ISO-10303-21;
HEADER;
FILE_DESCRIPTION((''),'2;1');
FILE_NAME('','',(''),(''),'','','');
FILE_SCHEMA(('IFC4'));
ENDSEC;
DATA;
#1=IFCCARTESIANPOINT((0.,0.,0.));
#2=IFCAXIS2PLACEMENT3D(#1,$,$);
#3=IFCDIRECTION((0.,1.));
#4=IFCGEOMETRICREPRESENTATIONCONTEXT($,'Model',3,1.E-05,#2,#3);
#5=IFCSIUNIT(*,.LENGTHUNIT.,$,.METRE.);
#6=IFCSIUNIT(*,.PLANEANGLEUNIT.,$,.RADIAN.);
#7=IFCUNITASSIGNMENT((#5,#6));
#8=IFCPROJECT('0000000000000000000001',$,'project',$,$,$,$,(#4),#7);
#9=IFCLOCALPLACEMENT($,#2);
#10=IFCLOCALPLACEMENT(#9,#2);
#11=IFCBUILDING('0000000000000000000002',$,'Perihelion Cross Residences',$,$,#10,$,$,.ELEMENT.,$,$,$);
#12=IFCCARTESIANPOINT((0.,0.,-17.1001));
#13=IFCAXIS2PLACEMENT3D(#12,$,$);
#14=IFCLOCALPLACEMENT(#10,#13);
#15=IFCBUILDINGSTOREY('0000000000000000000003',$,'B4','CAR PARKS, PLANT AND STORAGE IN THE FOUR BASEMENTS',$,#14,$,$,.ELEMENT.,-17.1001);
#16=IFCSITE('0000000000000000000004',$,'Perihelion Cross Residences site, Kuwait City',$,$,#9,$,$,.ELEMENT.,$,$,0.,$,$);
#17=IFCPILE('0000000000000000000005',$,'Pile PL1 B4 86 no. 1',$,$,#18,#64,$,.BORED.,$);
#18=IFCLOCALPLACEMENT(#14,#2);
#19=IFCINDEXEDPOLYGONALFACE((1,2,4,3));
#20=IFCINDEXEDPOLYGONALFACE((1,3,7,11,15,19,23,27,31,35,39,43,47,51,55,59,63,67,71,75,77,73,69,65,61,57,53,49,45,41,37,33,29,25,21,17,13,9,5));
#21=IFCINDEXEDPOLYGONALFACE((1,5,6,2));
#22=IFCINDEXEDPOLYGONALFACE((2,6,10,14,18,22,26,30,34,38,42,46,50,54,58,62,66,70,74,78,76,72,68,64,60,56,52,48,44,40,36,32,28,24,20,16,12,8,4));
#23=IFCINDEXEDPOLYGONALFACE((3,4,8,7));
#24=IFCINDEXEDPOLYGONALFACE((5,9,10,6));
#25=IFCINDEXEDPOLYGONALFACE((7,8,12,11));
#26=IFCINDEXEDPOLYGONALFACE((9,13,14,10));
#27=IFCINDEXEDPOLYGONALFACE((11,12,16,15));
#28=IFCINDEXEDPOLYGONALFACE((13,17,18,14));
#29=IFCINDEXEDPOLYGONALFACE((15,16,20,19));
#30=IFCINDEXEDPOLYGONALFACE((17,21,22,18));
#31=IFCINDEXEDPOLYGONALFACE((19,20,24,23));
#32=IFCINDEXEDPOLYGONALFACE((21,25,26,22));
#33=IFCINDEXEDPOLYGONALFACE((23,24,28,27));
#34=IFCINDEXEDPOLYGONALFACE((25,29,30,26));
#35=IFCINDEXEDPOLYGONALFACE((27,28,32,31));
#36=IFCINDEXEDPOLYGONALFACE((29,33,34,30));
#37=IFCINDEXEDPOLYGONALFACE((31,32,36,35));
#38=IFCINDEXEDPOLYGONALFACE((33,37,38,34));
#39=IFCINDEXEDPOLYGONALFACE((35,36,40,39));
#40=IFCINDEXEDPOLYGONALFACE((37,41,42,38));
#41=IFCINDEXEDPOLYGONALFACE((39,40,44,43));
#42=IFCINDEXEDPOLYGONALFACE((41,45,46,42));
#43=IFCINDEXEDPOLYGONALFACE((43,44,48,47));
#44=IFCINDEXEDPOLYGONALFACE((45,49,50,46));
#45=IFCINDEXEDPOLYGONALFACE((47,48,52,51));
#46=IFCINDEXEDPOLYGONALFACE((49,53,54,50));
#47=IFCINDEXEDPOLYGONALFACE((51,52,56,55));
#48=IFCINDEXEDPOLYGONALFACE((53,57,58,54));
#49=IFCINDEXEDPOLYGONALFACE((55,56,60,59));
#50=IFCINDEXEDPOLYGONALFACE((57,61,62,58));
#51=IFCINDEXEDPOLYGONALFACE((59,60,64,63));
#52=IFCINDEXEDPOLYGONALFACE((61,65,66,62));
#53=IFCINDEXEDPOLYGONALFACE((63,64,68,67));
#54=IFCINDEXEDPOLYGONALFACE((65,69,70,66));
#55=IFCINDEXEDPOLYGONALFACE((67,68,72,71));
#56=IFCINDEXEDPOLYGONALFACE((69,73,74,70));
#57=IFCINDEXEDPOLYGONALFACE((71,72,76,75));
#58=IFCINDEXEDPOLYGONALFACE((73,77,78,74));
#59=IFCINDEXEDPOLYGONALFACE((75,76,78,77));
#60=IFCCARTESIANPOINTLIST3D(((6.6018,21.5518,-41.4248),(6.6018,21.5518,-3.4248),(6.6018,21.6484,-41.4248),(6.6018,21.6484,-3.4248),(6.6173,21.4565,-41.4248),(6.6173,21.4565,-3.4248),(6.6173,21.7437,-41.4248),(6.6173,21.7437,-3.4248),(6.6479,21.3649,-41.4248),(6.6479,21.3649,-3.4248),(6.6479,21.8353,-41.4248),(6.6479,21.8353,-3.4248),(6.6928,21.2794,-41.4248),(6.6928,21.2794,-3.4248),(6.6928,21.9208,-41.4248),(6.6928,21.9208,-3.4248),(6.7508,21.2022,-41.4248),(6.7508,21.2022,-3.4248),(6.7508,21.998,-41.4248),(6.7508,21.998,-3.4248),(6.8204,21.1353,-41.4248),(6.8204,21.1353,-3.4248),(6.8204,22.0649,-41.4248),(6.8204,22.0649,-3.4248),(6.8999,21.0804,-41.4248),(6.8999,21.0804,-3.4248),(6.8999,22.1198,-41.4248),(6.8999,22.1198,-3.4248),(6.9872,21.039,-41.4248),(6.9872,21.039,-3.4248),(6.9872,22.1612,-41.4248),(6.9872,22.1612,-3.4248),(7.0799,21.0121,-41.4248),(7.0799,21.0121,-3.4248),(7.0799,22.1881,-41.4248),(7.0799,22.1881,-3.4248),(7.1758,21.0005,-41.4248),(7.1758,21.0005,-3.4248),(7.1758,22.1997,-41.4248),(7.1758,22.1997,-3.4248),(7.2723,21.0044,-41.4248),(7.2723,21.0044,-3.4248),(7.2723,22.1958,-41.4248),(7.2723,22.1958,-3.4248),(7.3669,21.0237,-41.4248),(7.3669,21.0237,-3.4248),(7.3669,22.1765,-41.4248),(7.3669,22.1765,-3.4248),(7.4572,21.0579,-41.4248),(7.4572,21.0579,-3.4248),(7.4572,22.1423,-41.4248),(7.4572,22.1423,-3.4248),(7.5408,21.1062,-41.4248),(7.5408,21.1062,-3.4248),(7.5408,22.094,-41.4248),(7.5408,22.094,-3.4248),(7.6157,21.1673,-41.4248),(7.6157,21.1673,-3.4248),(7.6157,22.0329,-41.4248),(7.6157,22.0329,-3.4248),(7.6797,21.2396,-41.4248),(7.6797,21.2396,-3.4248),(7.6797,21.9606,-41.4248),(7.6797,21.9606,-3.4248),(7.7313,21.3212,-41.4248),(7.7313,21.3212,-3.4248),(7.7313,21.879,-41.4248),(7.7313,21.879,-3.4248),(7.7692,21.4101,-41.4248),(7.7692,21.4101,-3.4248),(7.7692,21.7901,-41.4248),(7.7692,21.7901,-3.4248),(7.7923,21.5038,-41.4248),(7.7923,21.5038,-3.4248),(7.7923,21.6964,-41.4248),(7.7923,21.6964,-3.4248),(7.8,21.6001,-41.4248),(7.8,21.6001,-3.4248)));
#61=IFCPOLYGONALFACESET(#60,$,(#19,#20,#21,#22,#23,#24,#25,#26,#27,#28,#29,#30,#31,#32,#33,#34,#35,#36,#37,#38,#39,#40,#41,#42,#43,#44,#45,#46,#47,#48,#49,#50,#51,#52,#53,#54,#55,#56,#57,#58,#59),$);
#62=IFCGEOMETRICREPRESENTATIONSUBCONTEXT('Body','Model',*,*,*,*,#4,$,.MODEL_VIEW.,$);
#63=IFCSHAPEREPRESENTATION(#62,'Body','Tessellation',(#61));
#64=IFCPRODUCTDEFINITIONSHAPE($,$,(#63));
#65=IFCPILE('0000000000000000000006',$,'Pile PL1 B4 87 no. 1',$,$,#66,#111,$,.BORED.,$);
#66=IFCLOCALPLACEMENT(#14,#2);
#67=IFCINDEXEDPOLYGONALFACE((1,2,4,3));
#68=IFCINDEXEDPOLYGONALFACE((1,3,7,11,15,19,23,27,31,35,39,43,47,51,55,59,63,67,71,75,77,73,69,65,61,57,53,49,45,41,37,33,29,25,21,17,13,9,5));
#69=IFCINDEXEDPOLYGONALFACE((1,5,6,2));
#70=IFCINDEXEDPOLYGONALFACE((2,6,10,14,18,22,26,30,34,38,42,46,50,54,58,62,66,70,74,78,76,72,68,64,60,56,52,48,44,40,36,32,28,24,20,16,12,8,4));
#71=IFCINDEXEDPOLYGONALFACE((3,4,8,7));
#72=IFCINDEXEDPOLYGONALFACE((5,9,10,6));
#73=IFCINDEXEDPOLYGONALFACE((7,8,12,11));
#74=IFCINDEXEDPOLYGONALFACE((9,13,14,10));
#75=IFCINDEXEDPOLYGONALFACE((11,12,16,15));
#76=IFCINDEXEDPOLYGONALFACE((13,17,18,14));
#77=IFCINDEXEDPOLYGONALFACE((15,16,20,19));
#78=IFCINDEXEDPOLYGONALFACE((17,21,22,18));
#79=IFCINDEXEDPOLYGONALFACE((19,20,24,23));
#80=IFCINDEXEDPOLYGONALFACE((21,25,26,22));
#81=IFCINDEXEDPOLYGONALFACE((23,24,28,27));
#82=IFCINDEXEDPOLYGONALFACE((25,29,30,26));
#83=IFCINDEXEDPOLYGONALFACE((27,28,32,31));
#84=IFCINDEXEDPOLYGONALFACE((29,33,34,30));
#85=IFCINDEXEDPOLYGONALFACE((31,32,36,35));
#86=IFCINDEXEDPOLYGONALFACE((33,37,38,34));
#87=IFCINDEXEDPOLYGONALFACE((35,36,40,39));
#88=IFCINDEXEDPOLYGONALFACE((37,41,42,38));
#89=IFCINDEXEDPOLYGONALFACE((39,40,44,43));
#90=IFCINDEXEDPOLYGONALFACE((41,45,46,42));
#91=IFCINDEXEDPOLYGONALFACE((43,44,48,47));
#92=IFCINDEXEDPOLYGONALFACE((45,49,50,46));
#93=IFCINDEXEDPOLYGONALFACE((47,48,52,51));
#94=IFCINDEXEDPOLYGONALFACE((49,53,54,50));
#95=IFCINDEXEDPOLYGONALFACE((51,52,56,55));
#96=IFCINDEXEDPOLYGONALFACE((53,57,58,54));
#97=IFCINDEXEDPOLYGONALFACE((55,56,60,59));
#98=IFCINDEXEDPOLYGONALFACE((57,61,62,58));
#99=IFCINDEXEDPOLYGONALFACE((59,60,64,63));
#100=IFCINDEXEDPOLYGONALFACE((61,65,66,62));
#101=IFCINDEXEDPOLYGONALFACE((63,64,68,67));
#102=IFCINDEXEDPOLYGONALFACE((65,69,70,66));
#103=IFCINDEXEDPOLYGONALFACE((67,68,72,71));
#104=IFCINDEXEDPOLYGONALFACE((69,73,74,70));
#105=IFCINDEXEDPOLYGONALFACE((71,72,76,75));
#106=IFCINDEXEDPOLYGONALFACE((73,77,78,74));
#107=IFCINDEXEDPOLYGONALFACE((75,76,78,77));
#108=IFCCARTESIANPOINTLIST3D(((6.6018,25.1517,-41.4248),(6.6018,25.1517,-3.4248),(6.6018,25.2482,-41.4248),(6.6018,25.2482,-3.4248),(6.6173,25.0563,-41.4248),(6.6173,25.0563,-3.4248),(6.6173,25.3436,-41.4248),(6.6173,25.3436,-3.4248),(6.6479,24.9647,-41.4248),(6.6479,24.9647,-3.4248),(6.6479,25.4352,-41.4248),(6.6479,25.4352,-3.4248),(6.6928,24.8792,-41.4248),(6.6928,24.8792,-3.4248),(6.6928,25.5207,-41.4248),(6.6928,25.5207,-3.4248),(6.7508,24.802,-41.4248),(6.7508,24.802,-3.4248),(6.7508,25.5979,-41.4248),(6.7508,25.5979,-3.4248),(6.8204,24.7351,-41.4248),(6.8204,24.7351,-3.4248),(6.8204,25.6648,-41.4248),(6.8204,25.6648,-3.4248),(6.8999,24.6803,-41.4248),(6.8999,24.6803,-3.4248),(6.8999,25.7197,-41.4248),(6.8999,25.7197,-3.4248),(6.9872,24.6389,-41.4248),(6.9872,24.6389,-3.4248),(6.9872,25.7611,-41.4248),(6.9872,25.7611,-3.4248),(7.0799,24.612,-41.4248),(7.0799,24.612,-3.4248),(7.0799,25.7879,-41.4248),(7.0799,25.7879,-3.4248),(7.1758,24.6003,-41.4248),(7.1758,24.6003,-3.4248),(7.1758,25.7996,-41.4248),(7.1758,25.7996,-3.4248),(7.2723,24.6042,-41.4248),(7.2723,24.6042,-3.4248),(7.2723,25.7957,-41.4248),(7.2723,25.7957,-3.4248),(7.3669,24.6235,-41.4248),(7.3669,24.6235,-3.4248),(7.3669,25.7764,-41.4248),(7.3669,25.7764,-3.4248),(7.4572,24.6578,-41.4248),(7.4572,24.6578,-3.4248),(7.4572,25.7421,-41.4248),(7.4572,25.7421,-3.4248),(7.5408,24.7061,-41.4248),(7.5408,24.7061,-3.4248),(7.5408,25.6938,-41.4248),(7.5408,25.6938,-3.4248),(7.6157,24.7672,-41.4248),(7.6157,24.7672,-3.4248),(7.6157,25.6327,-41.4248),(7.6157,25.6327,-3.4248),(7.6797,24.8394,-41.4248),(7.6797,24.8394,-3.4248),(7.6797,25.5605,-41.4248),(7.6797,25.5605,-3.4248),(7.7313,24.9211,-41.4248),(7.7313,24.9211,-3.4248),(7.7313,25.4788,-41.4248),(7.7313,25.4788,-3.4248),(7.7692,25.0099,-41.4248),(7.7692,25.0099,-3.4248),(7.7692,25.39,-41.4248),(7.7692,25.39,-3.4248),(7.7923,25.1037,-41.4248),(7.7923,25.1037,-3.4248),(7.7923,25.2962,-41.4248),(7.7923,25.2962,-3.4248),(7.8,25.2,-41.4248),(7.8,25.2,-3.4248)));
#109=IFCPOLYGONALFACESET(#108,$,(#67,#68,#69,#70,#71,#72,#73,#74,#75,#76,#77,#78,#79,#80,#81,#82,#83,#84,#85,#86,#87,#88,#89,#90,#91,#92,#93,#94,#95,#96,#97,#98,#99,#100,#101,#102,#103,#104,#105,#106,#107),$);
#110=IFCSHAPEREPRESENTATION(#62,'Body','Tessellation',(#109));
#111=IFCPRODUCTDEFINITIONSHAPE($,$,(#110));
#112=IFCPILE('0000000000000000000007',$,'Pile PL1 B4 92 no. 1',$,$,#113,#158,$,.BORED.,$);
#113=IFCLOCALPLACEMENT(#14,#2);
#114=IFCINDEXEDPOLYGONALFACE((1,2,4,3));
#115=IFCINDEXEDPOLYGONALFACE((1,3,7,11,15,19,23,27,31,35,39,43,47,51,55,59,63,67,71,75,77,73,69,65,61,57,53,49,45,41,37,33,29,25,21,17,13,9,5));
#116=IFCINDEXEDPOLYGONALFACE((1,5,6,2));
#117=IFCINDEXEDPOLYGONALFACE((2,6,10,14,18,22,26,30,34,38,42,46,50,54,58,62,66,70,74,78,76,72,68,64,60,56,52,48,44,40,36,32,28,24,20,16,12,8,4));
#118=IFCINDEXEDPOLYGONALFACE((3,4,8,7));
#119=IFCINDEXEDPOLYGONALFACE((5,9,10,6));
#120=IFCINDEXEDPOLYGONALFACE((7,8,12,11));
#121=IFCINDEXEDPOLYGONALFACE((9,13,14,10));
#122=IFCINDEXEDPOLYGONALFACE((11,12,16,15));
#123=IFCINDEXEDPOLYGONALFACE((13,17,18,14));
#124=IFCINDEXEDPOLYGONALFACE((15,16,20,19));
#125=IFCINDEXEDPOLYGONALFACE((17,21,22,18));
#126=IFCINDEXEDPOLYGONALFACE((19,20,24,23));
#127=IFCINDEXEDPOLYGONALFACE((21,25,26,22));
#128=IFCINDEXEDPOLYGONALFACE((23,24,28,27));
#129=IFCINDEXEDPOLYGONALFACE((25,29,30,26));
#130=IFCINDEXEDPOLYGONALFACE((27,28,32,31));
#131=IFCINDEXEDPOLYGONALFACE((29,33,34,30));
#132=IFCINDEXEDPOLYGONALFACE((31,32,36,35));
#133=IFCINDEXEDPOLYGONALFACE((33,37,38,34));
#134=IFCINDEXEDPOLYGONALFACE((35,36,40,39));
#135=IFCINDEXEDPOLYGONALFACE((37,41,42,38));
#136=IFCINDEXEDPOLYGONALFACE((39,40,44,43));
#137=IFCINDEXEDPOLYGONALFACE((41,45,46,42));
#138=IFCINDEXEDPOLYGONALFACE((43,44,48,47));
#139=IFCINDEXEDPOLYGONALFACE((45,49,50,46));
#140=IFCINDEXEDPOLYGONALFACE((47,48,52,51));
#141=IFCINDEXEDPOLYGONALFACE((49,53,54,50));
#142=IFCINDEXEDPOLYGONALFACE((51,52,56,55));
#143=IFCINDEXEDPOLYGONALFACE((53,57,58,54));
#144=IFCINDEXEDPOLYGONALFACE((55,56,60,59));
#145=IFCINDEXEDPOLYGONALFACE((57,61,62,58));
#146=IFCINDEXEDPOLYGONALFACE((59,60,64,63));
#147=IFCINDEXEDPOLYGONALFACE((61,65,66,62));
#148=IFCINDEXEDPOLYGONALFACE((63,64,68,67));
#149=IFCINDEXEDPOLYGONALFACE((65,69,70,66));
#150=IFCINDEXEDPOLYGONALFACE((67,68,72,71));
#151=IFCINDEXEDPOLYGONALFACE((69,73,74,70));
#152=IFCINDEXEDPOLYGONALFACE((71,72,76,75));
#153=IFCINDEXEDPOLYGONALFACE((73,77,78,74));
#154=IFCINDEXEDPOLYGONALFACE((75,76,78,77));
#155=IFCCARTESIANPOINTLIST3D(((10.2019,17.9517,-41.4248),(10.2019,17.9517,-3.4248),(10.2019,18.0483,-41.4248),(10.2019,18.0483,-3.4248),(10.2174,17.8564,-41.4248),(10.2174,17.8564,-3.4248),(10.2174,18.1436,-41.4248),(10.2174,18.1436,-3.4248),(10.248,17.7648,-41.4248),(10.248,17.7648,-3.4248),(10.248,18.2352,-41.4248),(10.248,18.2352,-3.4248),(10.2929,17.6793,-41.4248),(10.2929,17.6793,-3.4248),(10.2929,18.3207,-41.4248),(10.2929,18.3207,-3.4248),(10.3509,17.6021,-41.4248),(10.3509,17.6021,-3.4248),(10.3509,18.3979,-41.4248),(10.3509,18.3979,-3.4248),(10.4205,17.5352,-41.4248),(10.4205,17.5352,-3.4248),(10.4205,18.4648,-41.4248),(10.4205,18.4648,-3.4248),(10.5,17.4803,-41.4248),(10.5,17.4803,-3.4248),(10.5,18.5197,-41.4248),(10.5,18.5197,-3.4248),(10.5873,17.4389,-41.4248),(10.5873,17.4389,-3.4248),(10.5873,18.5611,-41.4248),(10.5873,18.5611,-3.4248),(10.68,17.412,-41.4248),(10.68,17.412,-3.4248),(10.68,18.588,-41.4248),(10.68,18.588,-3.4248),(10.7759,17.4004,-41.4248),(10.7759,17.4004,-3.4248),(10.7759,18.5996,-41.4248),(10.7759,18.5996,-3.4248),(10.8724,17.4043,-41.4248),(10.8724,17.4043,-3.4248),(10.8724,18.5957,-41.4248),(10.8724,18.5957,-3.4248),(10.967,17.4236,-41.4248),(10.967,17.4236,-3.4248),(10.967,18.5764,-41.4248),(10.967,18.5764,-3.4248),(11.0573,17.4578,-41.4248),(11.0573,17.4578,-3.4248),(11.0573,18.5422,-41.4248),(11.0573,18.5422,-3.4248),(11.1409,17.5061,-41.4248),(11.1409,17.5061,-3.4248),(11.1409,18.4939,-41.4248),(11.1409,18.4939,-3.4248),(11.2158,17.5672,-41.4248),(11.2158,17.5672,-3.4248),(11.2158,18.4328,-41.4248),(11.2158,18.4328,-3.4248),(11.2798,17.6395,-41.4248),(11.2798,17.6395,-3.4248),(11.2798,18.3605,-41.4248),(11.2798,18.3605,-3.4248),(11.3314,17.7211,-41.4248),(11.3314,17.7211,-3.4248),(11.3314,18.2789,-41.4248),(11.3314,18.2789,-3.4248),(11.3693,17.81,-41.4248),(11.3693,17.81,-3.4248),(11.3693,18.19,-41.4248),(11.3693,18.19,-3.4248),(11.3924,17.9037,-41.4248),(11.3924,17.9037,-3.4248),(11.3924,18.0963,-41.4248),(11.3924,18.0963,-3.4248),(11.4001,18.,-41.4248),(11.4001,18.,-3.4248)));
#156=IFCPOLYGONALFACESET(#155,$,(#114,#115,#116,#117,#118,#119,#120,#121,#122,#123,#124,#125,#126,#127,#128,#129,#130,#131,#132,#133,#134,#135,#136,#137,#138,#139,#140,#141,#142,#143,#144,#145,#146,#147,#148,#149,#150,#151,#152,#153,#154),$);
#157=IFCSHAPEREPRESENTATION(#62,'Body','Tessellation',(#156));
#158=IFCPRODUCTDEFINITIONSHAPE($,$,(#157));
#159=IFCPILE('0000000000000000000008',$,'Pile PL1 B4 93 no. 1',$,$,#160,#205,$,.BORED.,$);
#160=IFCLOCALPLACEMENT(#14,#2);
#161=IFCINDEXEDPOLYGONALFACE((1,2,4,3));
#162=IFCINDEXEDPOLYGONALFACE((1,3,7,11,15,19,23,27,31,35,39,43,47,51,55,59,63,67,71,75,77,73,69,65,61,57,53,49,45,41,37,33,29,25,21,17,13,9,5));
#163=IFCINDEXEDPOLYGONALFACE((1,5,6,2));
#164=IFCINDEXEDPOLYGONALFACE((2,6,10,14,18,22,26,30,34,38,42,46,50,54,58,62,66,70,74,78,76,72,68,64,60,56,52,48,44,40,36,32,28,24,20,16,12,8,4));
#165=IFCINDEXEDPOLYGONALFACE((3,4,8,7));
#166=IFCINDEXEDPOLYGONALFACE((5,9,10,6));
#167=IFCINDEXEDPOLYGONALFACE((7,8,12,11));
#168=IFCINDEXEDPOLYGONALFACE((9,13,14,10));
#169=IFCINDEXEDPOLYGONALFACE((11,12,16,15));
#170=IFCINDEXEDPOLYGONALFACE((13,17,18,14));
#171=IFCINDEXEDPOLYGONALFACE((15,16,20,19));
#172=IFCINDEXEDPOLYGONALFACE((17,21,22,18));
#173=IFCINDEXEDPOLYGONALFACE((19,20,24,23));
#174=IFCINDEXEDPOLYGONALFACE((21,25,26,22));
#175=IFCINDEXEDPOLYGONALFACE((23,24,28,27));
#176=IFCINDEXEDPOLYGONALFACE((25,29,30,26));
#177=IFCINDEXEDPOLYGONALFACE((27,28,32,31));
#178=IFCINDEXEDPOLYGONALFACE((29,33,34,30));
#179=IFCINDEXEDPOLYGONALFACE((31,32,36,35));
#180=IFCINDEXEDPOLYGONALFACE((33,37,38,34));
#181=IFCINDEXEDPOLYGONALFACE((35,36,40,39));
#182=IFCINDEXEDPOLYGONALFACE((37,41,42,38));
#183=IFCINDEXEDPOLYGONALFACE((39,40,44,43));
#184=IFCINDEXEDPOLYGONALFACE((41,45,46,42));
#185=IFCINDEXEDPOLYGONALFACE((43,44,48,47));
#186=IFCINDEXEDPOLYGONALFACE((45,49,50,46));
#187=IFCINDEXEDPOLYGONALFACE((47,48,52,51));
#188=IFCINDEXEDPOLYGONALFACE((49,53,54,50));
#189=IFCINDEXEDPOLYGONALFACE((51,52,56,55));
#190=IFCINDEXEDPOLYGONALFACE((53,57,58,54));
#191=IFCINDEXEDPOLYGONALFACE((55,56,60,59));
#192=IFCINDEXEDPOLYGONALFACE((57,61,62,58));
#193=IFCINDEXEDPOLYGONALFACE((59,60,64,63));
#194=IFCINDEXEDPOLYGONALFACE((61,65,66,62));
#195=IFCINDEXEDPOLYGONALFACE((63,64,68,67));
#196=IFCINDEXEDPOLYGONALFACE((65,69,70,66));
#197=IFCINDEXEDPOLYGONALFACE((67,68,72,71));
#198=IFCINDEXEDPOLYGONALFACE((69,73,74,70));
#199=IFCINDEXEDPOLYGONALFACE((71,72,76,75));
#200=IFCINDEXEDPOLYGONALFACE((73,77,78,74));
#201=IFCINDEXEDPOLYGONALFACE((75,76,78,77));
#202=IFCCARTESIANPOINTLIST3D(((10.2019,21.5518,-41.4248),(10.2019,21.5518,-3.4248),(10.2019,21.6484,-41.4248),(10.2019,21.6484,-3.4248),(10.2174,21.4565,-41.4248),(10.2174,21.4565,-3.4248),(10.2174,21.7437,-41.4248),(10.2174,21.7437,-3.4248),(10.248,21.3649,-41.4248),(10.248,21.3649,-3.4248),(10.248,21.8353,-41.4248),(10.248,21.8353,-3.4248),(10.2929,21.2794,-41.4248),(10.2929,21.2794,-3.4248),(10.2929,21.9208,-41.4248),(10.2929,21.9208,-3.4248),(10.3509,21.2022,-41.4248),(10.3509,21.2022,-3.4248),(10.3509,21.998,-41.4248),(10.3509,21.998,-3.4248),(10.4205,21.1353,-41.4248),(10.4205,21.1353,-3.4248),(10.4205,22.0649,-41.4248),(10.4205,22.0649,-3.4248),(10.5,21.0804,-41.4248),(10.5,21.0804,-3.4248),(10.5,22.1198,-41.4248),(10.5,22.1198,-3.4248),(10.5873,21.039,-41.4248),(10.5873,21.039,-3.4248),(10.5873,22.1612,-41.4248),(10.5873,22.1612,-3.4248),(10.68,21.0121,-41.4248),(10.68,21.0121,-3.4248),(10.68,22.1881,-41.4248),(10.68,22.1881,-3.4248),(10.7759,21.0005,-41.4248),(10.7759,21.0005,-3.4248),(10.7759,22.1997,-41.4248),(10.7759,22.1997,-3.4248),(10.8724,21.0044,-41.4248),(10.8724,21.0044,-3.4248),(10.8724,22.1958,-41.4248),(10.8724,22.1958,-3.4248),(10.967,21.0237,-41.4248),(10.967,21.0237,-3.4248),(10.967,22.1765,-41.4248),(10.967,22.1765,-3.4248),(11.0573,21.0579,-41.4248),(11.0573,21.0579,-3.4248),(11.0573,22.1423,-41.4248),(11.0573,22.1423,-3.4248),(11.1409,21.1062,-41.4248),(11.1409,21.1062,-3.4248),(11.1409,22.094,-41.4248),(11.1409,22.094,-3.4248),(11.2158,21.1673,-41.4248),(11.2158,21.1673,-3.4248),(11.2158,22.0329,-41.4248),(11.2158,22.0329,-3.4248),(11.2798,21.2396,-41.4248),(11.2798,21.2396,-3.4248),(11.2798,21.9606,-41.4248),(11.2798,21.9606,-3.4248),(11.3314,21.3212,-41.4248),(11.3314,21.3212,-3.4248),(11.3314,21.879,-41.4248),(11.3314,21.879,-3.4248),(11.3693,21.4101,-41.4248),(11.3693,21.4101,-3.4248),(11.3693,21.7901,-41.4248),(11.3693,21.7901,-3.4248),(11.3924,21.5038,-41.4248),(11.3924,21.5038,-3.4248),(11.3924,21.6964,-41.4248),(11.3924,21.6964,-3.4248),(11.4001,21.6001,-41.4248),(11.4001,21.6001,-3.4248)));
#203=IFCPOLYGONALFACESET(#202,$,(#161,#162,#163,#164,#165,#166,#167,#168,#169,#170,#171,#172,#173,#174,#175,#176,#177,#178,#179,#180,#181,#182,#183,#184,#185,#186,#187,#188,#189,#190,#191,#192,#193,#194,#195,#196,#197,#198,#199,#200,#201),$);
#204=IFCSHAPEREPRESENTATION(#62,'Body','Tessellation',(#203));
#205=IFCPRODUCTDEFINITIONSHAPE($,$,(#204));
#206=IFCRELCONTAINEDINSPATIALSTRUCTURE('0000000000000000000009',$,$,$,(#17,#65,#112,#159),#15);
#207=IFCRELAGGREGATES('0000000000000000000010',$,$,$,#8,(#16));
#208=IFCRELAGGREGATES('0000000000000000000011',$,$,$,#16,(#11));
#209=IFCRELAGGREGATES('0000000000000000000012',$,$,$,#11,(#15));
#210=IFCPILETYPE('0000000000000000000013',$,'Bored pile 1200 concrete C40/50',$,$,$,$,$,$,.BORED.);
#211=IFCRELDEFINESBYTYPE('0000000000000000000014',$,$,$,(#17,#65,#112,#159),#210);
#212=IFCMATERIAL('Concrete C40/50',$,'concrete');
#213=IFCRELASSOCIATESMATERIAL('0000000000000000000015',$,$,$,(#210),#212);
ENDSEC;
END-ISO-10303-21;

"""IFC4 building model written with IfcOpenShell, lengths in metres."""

from ifc_helpers import new_model, si_unit, direction, frame, origin, origin_2d, place, context, subcontext, project, spatial, circle, extrude, material, type_object, element, save


model = new_model("IFC4")

# Units and contexts
model_context = context("Model", 3, precision=1e-05, world=origin(), true_north=direction((0.0, 1.0)))
body_context = subcontext(model_context, "Body", "Model", "MODEL_VIEW")
ifc_project = project(units=[si_unit("LENGTHUNIT", "METRE"), si_unit("PLANEANGLEUNIT", "RADIAN")], contexts=[model_context])

# Site, building, storey
site_placement = place(None, origin())
site = spatial("IfcSite", under=ifc_project, at=site_placement, Name="Perihelion Cross Residences site, Kuwait City", CompositionType="ELEMENT", RefElevation=0.0)
building_placement = place(site_placement, origin())
building = spatial("IfcBuilding", under=site, at=building_placement, Name="Perihelion Cross Residences", CompositionType="ELEMENT")
storey_placement = place(building_placement, frame((0.0, 0.0, -17.1001)))
storey = spatial("IfcBuildingStorey", under=building, at=storey_placement, Name="B4", Description="CAR PARKS, PLANT AND STORAGE IN THE FOUR BASEMENTS", CompositionType="ELEMENT", Elevation=-17.1001)

# Piles
ifc_material_1 = material(Name="Concrete C40/50", Category="concrete")
pile_type = type_object("IfcPileType", Name="Bored pile 1200 concrete C40/50", PredefinedType="BORED", material=ifc_material_1)
for number, where, z_axis, x_axis, name in (
    (1, (7.2, 21.6001, -3.4248), (0.0, 0.0, -1.0), (1.0, 0.0, 0.0), "Pile PL1 B4 86 no. 1"),
    (2, (7.2, 25.2, -3.4248), (0.0, 0.0, -1.0), (1.0, 0.0, 0.0), "Pile PL1 B4 87 no. 1"),
    (3, (10.8, 18.0, -3.4248), (0.0, 0.0, -1.0), (1.0, 0.0, 0.0), "Pile PL1 B4 92 no. 1"),
    (4, (10.8, 21.6001, -3.4248), (0.0, 0.0, -1.0), (1.0, 0.0, 0.0), "Pile PL1 B4 93 no. 1"),
):
    element("IfcPile", number, at=place(storey_placement, frame(where, z_axis=z_axis, x_axis=x_axis)), inside=storey, type_object=pile_type, Name=name, PredefinedType="BORED", context=body_context, shape_type="SweptSolid", body=[
        extrude(circle(Radius=0.6001, at=origin_2d()), origin(), (0.0, 0.0, 1.0), 38.0),
    ])

save(model, "model.ifc")
